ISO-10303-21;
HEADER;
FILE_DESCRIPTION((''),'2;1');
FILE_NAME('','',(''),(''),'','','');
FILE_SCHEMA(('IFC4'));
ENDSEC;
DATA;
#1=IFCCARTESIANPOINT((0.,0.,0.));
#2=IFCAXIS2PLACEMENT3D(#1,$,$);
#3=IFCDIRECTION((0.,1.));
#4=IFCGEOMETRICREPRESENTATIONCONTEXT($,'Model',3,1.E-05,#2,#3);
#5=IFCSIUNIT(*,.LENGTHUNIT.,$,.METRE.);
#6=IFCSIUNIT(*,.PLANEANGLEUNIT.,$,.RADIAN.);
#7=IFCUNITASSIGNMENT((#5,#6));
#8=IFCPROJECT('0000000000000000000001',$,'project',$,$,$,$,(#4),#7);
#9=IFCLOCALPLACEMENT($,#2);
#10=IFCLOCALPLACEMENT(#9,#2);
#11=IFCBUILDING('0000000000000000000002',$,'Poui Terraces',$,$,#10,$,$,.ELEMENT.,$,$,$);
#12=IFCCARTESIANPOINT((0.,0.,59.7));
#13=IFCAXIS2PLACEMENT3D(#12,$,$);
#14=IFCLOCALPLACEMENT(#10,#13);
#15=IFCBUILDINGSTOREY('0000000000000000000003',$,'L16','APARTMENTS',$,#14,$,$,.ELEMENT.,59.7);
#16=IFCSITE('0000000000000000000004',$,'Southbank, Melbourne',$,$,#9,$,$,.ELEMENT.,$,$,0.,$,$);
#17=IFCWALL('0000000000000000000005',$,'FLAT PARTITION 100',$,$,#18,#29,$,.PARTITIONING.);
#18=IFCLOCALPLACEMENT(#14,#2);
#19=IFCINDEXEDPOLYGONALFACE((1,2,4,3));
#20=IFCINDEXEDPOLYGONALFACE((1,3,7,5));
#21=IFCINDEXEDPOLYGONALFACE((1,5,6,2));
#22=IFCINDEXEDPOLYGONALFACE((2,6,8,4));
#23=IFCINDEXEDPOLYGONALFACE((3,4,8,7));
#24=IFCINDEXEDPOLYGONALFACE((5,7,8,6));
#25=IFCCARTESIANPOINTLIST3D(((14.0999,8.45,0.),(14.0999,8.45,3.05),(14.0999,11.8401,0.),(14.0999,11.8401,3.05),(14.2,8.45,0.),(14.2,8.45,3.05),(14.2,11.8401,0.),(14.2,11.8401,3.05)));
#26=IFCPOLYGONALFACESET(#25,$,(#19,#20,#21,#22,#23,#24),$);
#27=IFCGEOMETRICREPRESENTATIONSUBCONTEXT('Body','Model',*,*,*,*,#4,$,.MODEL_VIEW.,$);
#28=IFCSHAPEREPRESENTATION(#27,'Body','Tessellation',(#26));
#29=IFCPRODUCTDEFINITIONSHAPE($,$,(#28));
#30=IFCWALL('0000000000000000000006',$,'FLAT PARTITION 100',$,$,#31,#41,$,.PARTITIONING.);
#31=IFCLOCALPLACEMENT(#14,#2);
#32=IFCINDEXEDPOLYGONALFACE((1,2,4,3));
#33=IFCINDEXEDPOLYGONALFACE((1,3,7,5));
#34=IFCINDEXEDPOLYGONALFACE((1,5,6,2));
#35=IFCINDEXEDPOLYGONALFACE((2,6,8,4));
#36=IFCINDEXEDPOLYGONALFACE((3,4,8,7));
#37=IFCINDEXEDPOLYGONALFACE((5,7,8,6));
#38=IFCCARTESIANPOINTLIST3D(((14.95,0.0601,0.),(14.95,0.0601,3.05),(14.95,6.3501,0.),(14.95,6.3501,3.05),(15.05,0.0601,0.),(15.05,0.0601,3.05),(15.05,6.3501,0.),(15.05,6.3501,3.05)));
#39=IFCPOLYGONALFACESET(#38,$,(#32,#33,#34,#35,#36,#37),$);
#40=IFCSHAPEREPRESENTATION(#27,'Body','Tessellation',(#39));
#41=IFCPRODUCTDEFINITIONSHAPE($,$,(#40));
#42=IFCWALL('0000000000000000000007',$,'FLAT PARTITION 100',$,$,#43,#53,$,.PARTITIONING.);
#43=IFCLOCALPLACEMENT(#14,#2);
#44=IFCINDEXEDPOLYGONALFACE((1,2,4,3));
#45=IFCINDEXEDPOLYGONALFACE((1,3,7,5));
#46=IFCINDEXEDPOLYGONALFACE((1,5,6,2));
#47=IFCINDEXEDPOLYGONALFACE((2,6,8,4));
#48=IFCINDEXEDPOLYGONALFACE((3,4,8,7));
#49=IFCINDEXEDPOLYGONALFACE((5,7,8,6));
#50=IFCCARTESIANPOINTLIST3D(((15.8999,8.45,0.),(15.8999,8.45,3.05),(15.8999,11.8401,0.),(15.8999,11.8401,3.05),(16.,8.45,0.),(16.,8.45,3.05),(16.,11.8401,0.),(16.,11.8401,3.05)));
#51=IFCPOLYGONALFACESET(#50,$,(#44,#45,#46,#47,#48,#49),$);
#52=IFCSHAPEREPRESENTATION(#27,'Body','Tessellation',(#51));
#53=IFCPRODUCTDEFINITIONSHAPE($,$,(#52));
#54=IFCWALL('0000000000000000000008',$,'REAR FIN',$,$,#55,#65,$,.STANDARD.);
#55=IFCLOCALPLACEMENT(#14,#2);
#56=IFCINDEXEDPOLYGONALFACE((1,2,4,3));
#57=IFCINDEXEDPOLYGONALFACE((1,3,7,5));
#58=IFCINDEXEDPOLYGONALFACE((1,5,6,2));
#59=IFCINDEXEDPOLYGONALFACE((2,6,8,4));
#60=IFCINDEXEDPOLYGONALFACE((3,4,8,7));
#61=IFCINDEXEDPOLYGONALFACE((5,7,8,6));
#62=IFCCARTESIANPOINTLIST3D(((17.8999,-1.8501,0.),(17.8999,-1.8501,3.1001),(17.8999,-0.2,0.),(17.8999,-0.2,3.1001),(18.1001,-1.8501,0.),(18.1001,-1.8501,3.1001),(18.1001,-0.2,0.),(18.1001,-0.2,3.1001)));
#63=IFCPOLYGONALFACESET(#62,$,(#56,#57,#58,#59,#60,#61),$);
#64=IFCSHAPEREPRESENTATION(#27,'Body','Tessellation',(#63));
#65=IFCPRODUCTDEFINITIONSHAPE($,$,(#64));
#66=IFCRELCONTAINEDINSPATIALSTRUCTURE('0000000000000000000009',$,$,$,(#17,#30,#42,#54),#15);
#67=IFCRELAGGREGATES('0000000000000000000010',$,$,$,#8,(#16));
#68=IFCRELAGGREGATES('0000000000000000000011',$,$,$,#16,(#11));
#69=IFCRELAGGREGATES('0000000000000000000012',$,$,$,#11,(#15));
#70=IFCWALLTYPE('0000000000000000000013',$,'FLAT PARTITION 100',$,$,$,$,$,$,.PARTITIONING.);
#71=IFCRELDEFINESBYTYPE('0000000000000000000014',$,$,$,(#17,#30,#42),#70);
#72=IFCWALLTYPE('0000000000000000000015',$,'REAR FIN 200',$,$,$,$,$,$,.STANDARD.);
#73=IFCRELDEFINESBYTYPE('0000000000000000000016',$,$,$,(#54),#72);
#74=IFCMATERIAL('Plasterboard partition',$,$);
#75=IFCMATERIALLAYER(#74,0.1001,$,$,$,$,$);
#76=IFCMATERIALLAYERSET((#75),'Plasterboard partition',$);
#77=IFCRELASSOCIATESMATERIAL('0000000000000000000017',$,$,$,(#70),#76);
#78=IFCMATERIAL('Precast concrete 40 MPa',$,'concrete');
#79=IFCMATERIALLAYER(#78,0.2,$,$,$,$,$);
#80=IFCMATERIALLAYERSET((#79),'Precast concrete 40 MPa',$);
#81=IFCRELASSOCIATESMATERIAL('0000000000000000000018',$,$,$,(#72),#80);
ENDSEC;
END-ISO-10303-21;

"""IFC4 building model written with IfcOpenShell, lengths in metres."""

from ifc_helpers import new_model, si_unit, direction, frame, frame_2d, origin, place, context, subcontext, project, spatial, polyline, rectangle, outline, extrude, source, transform, mapped, material, layer, layer_set, type_object, element, save


model = new_model("IFC4")

# Units and contexts
model_context = context("Model", 3, precision=1e-05, world=origin(), true_north=direction((0.0, 1.0)))
body_context = subcontext(model_context, "Body", "Model", "MODEL_VIEW")
ifc_project = project(units=[si_unit("LENGTHUNIT", "METRE"), si_unit("PLANEANGLEUNIT", "RADIAN")], contexts=[model_context])

# Site, building, storey
site_placement = place(None, origin())
site = spatial("IfcSite", under=ifc_project, at=site_placement, Name="Southbank, Melbourne", CompositionType="ELEMENT", RefElevation=0.0)
building_placement = place(site_placement, origin())
building = spatial("IfcBuilding", under=site, at=building_placement, Name="Poui Terraces", CompositionType="ELEMENT")
storey_placement = place(building_placement, frame((0.0, 0.0, 59.7)))
storey = spatial("IfcBuildingStorey", under=building, at=storey_placement, Name="L16", Description="APARTMENTS", CompositionType="ELEMENT", Elevation=59.7)

# Shared definitions
ifc_material_1 = material(Name="Precast concrete 40 MPa", Category="concrete")

# Shared definitions
ifc_material_2 = material(Name="Plasterboard partition")
ifc_layer_1 = layer(ifc_material_2, 0.1001)
ifc_layer_set_1 = layer_set([ifc_layer_1], Name="Plasterboard partition")
wall_type_1 = type_object("IfcWallType", Name="FLAT PARTITION 100", PredefinedType="PARTITIONING", material=ifc_layer_set_1)

# Walls
wall_1_placement = place(storey_placement, frame((14.1499, 8.45, 0.0), z_axis=(0.0, 0.0, 1.0), x_axis=(0.0, 1.0, 0.0)))
element("IfcWall", 1, at=wall_1_placement, inside=storey, type_object=wall_type_1, Name="FLAT PARTITION 100", PredefinedType="PARTITIONING", context=body_context, shape_type="SweptSolid", body=[
    extrude(rectangle(XDim=3.3901, YDim=0.1001, at=frame_2d((1.6951, 0.0))), origin(), (0.0, 0.0, 1.0), 3.05),
])
wall_2_placement = place(storey_placement, frame((15.0, 0.0601, 0.0), z_axis=(0.0, 0.0, 1.0), x_axis=(0.0, 1.0, 0.0)))
element("IfcWall", 2, at=wall_2_placement, inside=storey, type_object=wall_type_1, Name="FLAT PARTITION 100", PredefinedType="PARTITIONING", context=body_context, shape_type="SweptSolid", body=[
    extrude(rectangle(XDim=6.29, YDim=0.1001, at=frame_2d((3.145, 0.0))), origin(), (0.0, 0.0, 1.0), 3.05),
])
wall_3_placement = place(storey_placement, frame((15.95, 8.45, 0.0), z_axis=(0.0, 0.0, 1.0), x_axis=(0.0, 1.0, 0.0)))
element("IfcWall", 3, at=wall_3_placement, inside=storey, type_object=wall_type_1, Name="FLAT PARTITION 100", PredefinedType="PARTITIONING", context=body_context, shape_type="SweptSolid", body=[
    extrude(rectangle(XDim=3.3901, YDim=0.1001, at=frame_2d((1.6951, 0.0))), origin(), (0.0, 0.0, 1.0), 3.05),
])
ifc_layer_2 = layer(ifc_material_1, 0.2)
ifc_layer_set_2 = layer_set([ifc_layer_2], Name="Precast concrete 40 MPa")
wall_type_2 = type_object("IfcWallType", Name="REAR FIN 200", PredefinedType="STANDARD", material=ifc_layer_set_2)
shared_shape_1 = source(origin(), body_context, "Body", "SweptSolid", [
    extrude(outline(polyline([(0.0, 0.0), (0.2002, 0.0), (0.2002, 1.6501), (0.0, 1.6501), (0.0, 0.0)])), origin(), (0.0, 0.0, 1.0), 3.1001),
])
wall_4_placement = place(storey_placement, frame((17.8999, -1.8501, 0.0)))
element("IfcWall", 4, at=wall_4_placement, inside=storey, type_object=wall_type_2, Name="REAR FIN", PredefinedType="STANDARD", context=body_context, shape_type="MappedRepresentation", body=[
    mapped(shared_shape_1, transform((0.0, 0.0, 0.0))),
])

save(model, "model.ifc")
